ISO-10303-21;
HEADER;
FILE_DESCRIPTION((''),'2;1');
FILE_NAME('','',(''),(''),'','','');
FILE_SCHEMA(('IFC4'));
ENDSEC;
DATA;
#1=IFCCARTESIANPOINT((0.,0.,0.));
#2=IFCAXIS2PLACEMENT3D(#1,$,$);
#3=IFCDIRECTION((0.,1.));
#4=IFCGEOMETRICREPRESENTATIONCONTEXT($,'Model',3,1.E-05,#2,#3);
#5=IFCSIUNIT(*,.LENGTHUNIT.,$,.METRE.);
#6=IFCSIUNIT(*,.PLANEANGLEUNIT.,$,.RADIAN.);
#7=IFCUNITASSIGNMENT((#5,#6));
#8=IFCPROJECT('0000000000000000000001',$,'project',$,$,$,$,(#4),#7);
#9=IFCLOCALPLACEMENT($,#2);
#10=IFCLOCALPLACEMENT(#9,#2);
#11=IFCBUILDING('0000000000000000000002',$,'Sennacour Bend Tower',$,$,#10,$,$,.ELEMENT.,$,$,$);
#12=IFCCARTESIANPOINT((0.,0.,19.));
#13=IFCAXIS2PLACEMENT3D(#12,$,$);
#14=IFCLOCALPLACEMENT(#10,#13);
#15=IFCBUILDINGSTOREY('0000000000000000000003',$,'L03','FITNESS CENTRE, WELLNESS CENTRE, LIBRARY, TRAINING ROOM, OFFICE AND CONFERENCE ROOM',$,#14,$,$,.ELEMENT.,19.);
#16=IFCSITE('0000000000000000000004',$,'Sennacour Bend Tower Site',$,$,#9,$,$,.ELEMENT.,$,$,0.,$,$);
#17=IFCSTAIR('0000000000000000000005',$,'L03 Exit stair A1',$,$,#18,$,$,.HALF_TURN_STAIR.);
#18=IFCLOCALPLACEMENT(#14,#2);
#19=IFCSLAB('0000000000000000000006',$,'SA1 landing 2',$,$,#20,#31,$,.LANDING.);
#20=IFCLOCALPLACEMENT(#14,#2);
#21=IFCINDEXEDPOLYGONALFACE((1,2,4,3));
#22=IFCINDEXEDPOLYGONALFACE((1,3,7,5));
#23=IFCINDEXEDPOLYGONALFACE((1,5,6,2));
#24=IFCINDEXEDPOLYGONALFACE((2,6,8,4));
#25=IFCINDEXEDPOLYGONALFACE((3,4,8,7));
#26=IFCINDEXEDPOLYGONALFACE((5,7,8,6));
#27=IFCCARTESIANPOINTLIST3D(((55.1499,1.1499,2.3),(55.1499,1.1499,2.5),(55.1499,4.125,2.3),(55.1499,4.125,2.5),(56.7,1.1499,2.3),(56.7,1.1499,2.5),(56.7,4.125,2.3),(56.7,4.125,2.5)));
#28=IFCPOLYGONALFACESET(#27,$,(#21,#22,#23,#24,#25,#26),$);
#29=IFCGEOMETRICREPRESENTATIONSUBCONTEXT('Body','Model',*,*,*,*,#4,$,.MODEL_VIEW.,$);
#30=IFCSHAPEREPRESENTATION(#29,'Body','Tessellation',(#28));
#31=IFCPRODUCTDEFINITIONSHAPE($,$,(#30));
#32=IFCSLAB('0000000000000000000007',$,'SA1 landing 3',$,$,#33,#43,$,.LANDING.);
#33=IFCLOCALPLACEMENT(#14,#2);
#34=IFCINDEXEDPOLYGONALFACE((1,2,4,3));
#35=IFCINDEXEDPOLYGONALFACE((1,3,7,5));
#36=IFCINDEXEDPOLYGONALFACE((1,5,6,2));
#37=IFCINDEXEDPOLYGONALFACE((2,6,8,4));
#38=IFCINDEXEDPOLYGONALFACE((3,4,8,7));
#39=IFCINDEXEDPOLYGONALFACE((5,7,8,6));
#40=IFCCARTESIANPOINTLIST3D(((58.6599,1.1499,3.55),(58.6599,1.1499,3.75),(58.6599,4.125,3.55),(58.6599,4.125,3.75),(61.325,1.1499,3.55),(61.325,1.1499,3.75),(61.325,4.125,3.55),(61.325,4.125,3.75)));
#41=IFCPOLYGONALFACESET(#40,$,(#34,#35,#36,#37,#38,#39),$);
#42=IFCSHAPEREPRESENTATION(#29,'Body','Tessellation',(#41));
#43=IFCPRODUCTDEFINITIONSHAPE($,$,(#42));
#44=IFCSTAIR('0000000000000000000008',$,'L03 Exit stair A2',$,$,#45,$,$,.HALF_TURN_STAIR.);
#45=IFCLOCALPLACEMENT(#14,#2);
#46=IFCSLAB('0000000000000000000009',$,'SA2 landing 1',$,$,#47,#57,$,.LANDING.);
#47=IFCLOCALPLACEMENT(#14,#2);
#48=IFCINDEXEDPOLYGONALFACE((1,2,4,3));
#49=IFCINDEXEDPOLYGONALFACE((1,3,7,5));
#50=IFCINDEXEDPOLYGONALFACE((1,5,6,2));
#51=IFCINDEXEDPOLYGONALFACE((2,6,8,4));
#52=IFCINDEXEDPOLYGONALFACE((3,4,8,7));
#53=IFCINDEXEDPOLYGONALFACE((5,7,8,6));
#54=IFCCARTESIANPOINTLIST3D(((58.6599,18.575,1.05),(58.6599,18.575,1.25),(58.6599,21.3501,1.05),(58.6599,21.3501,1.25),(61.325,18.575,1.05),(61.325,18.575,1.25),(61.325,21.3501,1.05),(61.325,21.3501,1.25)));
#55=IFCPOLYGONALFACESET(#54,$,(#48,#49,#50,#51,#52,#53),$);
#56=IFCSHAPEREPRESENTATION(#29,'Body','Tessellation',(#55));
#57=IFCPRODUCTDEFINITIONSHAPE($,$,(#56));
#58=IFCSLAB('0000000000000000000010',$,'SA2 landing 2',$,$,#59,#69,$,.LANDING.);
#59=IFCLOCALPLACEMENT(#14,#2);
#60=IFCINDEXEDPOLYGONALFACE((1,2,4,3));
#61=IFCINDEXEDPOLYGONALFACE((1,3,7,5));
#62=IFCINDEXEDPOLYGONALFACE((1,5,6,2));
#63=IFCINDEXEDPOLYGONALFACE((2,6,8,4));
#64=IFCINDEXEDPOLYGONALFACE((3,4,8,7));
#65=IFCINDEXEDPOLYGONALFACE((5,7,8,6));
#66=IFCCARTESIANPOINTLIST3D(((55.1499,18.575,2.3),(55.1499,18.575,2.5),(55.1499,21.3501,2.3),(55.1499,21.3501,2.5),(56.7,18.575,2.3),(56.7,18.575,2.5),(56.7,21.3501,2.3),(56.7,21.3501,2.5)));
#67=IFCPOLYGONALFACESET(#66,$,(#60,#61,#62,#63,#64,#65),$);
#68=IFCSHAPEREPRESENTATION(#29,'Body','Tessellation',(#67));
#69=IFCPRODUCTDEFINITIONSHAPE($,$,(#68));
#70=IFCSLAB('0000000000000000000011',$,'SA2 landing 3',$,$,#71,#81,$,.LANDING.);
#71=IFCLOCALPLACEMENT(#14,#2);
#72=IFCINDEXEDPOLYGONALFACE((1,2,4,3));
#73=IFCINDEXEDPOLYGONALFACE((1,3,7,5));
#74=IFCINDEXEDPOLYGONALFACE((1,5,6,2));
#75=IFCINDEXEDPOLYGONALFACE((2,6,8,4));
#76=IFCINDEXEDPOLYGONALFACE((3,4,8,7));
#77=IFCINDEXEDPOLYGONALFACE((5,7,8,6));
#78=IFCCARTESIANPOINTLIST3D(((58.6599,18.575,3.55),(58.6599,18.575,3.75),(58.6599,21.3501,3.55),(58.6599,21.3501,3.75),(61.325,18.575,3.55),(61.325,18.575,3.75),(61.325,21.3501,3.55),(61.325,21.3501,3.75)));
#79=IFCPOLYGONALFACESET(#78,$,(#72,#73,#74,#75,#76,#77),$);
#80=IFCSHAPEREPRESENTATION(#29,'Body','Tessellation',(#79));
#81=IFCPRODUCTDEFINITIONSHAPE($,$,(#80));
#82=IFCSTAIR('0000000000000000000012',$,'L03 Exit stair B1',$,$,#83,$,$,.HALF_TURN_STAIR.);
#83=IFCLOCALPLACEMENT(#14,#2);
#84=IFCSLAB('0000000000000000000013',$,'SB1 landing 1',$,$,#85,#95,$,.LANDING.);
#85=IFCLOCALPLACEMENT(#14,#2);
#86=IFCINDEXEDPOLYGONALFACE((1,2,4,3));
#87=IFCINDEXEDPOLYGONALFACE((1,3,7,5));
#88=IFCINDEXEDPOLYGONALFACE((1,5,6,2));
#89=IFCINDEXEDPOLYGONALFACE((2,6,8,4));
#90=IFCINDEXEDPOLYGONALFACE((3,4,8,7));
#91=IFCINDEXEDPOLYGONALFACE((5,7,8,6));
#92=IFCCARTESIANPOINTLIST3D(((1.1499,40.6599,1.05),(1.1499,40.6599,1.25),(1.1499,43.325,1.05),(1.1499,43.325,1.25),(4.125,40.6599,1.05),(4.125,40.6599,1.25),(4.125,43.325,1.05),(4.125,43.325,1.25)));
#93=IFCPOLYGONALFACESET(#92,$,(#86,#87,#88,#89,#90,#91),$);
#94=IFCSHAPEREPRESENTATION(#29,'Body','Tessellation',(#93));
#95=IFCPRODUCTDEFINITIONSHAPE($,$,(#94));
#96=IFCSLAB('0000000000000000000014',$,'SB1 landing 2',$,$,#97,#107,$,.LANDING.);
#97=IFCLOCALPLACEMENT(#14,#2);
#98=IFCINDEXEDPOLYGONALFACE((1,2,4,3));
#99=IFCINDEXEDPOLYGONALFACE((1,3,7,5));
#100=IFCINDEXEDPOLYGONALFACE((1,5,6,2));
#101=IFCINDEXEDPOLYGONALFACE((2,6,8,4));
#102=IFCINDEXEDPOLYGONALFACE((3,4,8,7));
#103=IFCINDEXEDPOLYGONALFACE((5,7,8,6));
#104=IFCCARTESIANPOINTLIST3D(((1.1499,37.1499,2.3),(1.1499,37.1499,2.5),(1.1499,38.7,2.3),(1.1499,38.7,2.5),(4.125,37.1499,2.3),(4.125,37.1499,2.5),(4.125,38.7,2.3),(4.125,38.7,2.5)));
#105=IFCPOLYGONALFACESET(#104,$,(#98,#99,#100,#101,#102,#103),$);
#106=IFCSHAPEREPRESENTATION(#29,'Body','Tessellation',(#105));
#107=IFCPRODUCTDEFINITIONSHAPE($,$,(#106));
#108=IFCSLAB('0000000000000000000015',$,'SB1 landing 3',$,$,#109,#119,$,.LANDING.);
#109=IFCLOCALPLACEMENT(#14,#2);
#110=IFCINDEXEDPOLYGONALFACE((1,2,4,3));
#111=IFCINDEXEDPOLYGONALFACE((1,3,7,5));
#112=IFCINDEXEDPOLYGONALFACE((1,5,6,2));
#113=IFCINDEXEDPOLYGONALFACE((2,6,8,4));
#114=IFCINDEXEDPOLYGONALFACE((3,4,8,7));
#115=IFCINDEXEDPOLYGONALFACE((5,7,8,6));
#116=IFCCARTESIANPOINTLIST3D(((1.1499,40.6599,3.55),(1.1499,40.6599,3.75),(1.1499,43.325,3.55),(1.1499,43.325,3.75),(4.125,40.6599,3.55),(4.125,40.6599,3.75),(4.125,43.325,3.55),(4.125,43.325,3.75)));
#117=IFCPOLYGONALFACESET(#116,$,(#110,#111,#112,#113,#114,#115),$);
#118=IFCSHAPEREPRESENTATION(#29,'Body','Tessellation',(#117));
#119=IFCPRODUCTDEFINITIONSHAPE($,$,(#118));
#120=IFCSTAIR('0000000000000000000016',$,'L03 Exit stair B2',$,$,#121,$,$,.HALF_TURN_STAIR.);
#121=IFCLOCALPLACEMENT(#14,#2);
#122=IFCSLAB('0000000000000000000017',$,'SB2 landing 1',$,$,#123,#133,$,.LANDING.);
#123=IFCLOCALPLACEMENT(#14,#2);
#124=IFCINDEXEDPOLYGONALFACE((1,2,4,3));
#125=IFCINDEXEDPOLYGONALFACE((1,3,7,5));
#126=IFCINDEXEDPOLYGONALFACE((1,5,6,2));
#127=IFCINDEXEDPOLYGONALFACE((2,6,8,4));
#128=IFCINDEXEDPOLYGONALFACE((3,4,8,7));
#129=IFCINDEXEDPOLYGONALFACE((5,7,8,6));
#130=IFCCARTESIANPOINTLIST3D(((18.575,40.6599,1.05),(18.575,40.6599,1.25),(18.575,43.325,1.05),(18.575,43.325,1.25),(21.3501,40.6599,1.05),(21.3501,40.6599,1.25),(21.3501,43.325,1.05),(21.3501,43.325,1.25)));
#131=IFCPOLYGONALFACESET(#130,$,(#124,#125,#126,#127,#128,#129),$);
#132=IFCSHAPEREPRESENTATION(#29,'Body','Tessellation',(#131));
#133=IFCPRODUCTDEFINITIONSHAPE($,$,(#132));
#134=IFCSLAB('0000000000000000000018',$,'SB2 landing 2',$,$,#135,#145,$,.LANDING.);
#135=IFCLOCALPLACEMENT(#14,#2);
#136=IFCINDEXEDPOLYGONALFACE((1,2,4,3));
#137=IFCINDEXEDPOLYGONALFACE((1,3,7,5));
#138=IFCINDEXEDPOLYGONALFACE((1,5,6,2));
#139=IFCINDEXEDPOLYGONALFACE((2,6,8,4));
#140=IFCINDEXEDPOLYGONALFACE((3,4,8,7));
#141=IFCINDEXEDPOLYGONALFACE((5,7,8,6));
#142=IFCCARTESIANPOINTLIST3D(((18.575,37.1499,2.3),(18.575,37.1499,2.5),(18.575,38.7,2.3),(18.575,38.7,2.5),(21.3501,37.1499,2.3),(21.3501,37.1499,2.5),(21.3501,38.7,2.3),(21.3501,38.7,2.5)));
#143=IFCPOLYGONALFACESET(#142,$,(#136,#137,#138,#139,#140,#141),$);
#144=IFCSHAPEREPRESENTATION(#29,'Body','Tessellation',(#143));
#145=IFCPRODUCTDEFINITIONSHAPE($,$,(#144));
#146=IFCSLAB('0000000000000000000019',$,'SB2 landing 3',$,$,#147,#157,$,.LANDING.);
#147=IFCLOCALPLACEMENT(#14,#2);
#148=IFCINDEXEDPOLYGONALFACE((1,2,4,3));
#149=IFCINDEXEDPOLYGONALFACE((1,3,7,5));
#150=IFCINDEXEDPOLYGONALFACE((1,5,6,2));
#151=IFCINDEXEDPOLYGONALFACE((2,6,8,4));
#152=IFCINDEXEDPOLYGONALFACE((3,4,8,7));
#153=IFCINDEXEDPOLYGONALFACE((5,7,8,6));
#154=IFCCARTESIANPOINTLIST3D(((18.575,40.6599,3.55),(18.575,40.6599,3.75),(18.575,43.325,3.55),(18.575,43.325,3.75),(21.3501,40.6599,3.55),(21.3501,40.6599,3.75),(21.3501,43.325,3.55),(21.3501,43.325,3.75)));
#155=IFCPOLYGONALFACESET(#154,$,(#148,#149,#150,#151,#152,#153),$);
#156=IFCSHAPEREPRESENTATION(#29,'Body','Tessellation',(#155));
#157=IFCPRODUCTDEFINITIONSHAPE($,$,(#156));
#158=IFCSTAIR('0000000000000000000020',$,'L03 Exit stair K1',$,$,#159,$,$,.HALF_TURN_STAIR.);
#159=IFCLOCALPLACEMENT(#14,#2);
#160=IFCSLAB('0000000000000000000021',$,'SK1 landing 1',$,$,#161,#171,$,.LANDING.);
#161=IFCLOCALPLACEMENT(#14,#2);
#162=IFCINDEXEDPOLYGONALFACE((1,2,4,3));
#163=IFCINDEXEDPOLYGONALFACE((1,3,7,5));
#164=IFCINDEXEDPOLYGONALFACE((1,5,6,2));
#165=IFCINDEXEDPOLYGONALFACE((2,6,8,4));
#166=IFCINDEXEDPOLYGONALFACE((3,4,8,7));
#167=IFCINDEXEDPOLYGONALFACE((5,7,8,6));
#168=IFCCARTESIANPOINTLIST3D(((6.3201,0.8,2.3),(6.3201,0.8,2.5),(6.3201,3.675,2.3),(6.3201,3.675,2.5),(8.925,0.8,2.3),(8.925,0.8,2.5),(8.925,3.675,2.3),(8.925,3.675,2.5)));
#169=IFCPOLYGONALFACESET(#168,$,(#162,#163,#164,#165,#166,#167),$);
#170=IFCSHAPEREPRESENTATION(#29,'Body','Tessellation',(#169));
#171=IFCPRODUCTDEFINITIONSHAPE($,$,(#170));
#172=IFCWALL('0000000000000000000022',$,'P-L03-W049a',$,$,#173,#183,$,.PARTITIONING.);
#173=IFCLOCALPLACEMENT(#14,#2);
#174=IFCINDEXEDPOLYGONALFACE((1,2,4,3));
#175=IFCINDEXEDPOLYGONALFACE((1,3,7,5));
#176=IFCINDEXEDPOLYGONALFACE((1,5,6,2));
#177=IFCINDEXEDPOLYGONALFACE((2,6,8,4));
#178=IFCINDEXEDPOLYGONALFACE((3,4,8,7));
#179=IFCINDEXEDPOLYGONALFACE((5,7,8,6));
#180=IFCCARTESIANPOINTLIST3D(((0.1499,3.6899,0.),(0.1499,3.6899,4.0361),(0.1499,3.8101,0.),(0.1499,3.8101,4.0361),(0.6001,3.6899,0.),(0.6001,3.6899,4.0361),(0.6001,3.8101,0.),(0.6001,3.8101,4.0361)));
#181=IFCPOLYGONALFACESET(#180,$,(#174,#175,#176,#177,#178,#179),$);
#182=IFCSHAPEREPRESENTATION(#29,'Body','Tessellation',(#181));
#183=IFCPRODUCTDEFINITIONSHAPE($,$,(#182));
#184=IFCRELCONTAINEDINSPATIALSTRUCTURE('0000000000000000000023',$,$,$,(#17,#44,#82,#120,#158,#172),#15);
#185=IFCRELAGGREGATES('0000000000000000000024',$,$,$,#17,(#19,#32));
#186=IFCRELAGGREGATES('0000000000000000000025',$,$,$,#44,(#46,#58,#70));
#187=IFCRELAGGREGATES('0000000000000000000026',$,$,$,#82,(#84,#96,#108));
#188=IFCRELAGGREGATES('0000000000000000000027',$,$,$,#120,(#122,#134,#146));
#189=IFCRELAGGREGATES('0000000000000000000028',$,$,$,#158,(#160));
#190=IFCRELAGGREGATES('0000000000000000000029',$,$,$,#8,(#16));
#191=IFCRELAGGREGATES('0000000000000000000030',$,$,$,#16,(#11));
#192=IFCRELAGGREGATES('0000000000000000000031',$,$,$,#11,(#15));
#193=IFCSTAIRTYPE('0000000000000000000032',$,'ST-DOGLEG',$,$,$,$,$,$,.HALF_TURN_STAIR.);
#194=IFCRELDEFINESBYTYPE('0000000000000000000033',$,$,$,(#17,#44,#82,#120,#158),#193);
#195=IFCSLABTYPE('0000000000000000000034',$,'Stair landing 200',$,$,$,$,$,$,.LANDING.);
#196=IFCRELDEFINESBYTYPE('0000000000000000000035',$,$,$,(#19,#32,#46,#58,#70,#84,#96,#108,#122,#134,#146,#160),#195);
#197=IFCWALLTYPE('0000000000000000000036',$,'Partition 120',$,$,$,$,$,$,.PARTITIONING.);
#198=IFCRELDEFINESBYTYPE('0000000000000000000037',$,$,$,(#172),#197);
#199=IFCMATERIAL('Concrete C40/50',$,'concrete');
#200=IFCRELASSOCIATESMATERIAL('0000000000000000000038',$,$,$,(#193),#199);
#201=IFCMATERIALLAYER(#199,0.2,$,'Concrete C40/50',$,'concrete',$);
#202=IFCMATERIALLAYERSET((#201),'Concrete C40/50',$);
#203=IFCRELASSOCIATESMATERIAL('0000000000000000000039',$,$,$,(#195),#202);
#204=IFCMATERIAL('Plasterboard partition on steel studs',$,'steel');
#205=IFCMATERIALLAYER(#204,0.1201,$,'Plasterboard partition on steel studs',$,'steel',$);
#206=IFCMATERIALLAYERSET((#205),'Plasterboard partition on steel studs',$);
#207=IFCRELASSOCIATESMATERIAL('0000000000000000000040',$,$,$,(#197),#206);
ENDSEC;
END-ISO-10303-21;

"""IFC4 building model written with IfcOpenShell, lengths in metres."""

from ifc_helpers import new_model, si_unit, direction, frame, frame_2d, origin, place, context, subcontext, project, spatial, polyline, rectangle, outline, extrude, material, layer, layer_set, type_object, element, aggregate, save


model = new_model("IFC4")

# Units and contexts
model_context = context("Model", 3, precision=1e-05, world=origin(), true_north=direction((0.0, 1.0)))
body_context = subcontext(model_context, "Body", "Model", "MODEL_VIEW")
ifc_project = project(units=[si_unit("LENGTHUNIT", "METRE"), si_unit("PLANEANGLEUNIT", "RADIAN")], contexts=[model_context])

# Site, building, storey
site_placement = place(None, origin())
site = spatial("IfcSite", under=ifc_project, at=site_placement, Name="Sennacour Bend Tower Site", CompositionType="ELEMENT", RefElevation=0.0)
building_placement = place(site_placement, origin())
building = spatial("IfcBuilding", under=site, at=building_placement, Name="Sennacour Bend Tower", CompositionType="ELEMENT")
storey_placement = place(building_placement, frame((0.0, 0.0, 19.0)))
storey = spatial("IfcBuildingStorey", under=building, at=storey_placement, Name="L03", Description="FITNESS CENTRE, WELLNESS CENTRE, LIBRARY, TRAINING ROOM, OFFICE AND CONFERENCE ROOM", CompositionType="ELEMENT", Elevation=19.0)

# Stairs, slabs
ifc_material_1 = material(Name="Concrete C40/50", Category="concrete")
stair_type = type_object("IfcStairType", Name="ST-DOGLEG", PredefinedType="HALF_TURN_STAIR", material=ifc_material_1)
stair_1_placement = place(storey_placement, origin())
stair_1 = element("IfcStair", 1, at=stair_1_placement, inside=storey, type_object=stair_type, Name="L03 Exit stair A1", PredefinedType="HALF_TURN_STAIR")
ifc_layer_1 = layer(ifc_material_1, 0.2, Name="Concrete C40/50", Category="concrete")
ifc_layer_set_1 = layer_set([ifc_layer_1], Name="Concrete C40/50")
slab_type_1 = type_object("IfcSlabType", Name="Stair landing 200", PredefinedType="LANDING", material=ifc_layer_set_1)
slab_1_placement = place(storey_placement, frame((0.0, 0.0, 2.3)))
slab_1 = element("IfcSlab", 2, at=slab_1_placement, type_object=slab_type_1, Name="SA1 landing 2", PredefinedType="LANDING", context=body_context, shape_type="SweptSolid", body=[
    extrude(outline(polyline([(55.1499, 1.1499), (56.7, 1.1499), (56.7, 4.125), (55.1499, 4.125), (55.1499, 1.1499)])), origin(), (0.0, 0.0, 1.0), 0.2),
])
slab_2_placement = place(storey_placement, frame((0.0, 0.0, 3.55)))
slab_2 = element("IfcSlab", 3, at=slab_2_placement, type_object=slab_type_1, Name="SA1 landing 3", PredefinedType="LANDING", context=body_context, shape_type="SweptSolid", body=[
    extrude(outline(polyline([(58.6599, 1.1499), (61.325, 1.1499), (61.325, 4.125), (58.6599, 4.125), (58.6599, 1.1499)])), origin(), (0.0, 0.0, 1.0), 0.2),
])
aggregate(stair_1, [slab_1, slab_2])
stair_2_placement = place(storey_placement, origin())
stair_2 = element("IfcStair", 4, at=stair_2_placement, inside=storey, type_object=stair_type, Name="L03 Exit stair A2", PredefinedType="HALF_TURN_STAIR")
slab_3_placement = place(storey_placement, frame((0.0, 0.0, 1.05)))
slab_3 = element("IfcSlab", 5, at=slab_3_placement, type_object=slab_type_1, Name="SA2 landing 1", PredefinedType="LANDING", context=body_context, shape_type="SweptSolid", body=[
    extrude(outline(polyline([(58.6599, 18.575), (61.325, 18.575), (61.325, 21.3501), (58.6599, 21.3501), (58.6599, 18.575)])), origin(), (0.0, 0.0, 1.0), 0.2),
])
slab_4_placement = place(storey_placement, frame((0.0, 0.0, 2.3)))
slab_4 = element("IfcSlab", 6, at=slab_4_placement, type_object=slab_type_1, Name="SA2 landing 2", PredefinedType="LANDING", context=body_context, shape_type="SweptSolid", body=[
    extrude(outline(polyline([(55.1499, 18.575), (56.7, 18.575), (56.7, 21.3501), (55.1499, 21.3501), (55.1499, 18.575)])), origin(), (0.0, 0.0, 1.0), 0.2),
])
slab_5_placement = place(storey_placement, frame((0.0, 0.0, 3.55)))
slab_5 = element("IfcSlab", 7, at=slab_5_placement, type_object=slab_type_1, Name="SA2 landing 3", PredefinedType="LANDING", context=body_context, shape_type="SweptSolid", body=[
    extrude(outline(polyline([(58.6599, 18.575), (61.325, 18.575), (61.325, 21.3501), (58.6599, 21.3501), (58.6599, 18.575)])), origin(), (0.0, 0.0, 1.0), 0.2),
])
aggregate(stair_2, [slab_3, slab_4, slab_5])
stair_3_placement = place(storey_placement, origin())
stair_3 = element("IfcStair", 8, at=stair_3_placement, inside=storey, type_object=stair_type, Name="L03 Exit stair B1", PredefinedType="HALF_TURN_STAIR")
slab_6_placement = place(storey_placement, frame((0.0, 0.0, 1.05)))
slab_6 = element("IfcSlab", 9, at=slab_6_placement, type_object=slab_type_1, Name="SB1 landing 1", PredefinedType="LANDING", context=body_context, shape_type="SweptSolid", body=[
    extrude(outline(polyline([(1.1499, 40.6599), (4.125, 40.6599), (4.125, 43.325), (1.1499, 43.325), (1.1499, 40.6599)])), origin(), (0.0, 0.0, 1.0), 0.2),
])
slab_7_placement = place(storey_placement, frame((0.0, 0.0, 2.3)))
slab_7 = element("IfcSlab", 10, at=slab_7_placement, type_object=slab_type_1, Name="SB1 landing 2", PredefinedType="LANDING", context=body_context, shape_type="SweptSolid", body=[
    extrude(outline(polyline([(1.1499, 37.1499), (4.125, 37.1499), (4.125, 38.7), (1.1499, 38.7), (1.1499, 37.1499)])), origin(), (0.0, 0.0, 1.0), 0.2),
])
slab_8_placement = place(storey_placement, frame((0.0, 0.0, 3.55)))
slab_8 = element("IfcSlab", 11, at=slab_8_placement, type_object=slab_type_1, Name="SB1 landing 3", PredefinedType="LANDING", context=body_context, shape_type="SweptSolid", body=[
    extrude(outline(polyline([(1.1499, 40.6599), (4.125, 40.6599), (4.125, 43.325), (1.1499, 43.325), (1.1499, 40.6599)])), origin(), (0.0, 0.0, 1.0), 0.2),
])
aggregate(stair_3, [slab_6, slab_7, slab_8])
stair_4_placement = place(storey_placement, origin())
stair_4 = element("IfcStair", 12, at=stair_4_placement, inside=storey, type_object=stair_type, Name="L03 Exit stair B2", PredefinedType="HALF_TURN_STAIR")
slab_9_placement = place(storey_placement, frame((0.0, 0.0, 1.05)))
slab_9 = element("IfcSlab", 13, at=slab_9_placement, type_object=slab_type_1, Name="SB2 landing 1", PredefinedType="LANDING", context=body_context, shape_type="SweptSolid", body=[
    extrude(outline(polyline([(18.575, 40.6599), (21.3501, 40.6599), (21.3501, 43.325), (18.575, 43.325), (18.575, 40.6599)])), origin(), (0.0, 0.0, 1.0), 0.2),
])
slab_10_placement = place(storey_placement, frame((0.0, 0.0, 2.3)))
slab_10 = element("IfcSlab", 14, at=slab_10_placement, type_object=slab_type_1, Name="SB2 landing 2", PredefinedType="LANDING", context=body_context, shape_type="SweptSolid", body=[
    extrude(outline(polyline([(18.575, 37.1499), (21.3501, 37.1499), (21.3501, 38.7), (18.575, 38.7), (18.575, 37.1499)])), origin(), (0.0, 0.0, 1.0), 0.2),
])
slab_11_placement = place(storey_placement, frame((0.0, 0.0, 3.55)))
slab_11 = element("IfcSlab", 15, at=slab_11_placement, type_object=slab_type_1, Name="SB2 landing 3", PredefinedType="LANDING", context=body_context, shape_type="SweptSolid", body=[
    extrude(outline(polyline([(18.575, 40.6599), (21.3501, 40.6599), (21.3501, 43.325), (18.575, 43.325), (18.575, 40.6599)])), origin(), (0.0, 0.0, 1.0), 0.2),
])
aggregate(stair_4, [slab_9, slab_10, slab_11])

# Stair, slab
stair_5_placement = place(storey_placement, origin())
stair_5 = element("IfcStair", 16, at=stair_5_placement, inside=storey, type_object=stair_type, Name="L03 Exit stair K1", PredefinedType="HALF_TURN_STAIR")
slab_12_placement = place(storey_placement, frame((0.0, 0.0, 2.3)))
slab_12 = element("IfcSlab", 17, at=slab_12_placement, type_object=slab_type_1, Name="SK1 landing 1", PredefinedType="LANDING", context=body_context, shape_type="SweptSolid", body=[
    extrude(outline(polyline([(6.3201, 0.8), (8.925, 0.8), (8.925, 3.675), (6.3201, 3.675), (6.3201, 0.8)])), origin(), (0.0, 0.0, 1.0), 0.2),
])
aggregate(stair_5, [slab_12])

# Wall
ifc_material_2 = material(Name="Plasterboard partition on steel studs", Category="steel")
ifc_layer_2 = layer(ifc_material_2, 0.1201, Name="Plasterboard partition on steel studs", Category="steel")
ifc_layer_set_2 = layer_set([ifc_layer_2], Name="Plasterboard partition on steel studs")
wall_type_1 = type_object("IfcWallType", Name="Partition 120", PredefinedType="PARTITIONING", material=ifc_layer_set_2)
wall_1_placement = place(storey_placement, frame((0.1499, 3.75, 0.0), z_axis=(0.0, 0.0, 1.0), x_axis=(1.0, 0.0, 0.0)))
element("IfcWall", 18, at=wall_1_placement, inside=storey, type_object=wall_type_1, Name="P-L03-W049a", PredefinedType="PARTITIONING", context=body_context, shape_type="SweptSolid", body=[
    extrude(rectangle(XDim=0.4502, YDim=0.1201, at=frame_2d((0.2251, 0.0))), origin(), (0.0, 0.0, 1.0), 4.0361),
])

save(model, "model.ifc")
